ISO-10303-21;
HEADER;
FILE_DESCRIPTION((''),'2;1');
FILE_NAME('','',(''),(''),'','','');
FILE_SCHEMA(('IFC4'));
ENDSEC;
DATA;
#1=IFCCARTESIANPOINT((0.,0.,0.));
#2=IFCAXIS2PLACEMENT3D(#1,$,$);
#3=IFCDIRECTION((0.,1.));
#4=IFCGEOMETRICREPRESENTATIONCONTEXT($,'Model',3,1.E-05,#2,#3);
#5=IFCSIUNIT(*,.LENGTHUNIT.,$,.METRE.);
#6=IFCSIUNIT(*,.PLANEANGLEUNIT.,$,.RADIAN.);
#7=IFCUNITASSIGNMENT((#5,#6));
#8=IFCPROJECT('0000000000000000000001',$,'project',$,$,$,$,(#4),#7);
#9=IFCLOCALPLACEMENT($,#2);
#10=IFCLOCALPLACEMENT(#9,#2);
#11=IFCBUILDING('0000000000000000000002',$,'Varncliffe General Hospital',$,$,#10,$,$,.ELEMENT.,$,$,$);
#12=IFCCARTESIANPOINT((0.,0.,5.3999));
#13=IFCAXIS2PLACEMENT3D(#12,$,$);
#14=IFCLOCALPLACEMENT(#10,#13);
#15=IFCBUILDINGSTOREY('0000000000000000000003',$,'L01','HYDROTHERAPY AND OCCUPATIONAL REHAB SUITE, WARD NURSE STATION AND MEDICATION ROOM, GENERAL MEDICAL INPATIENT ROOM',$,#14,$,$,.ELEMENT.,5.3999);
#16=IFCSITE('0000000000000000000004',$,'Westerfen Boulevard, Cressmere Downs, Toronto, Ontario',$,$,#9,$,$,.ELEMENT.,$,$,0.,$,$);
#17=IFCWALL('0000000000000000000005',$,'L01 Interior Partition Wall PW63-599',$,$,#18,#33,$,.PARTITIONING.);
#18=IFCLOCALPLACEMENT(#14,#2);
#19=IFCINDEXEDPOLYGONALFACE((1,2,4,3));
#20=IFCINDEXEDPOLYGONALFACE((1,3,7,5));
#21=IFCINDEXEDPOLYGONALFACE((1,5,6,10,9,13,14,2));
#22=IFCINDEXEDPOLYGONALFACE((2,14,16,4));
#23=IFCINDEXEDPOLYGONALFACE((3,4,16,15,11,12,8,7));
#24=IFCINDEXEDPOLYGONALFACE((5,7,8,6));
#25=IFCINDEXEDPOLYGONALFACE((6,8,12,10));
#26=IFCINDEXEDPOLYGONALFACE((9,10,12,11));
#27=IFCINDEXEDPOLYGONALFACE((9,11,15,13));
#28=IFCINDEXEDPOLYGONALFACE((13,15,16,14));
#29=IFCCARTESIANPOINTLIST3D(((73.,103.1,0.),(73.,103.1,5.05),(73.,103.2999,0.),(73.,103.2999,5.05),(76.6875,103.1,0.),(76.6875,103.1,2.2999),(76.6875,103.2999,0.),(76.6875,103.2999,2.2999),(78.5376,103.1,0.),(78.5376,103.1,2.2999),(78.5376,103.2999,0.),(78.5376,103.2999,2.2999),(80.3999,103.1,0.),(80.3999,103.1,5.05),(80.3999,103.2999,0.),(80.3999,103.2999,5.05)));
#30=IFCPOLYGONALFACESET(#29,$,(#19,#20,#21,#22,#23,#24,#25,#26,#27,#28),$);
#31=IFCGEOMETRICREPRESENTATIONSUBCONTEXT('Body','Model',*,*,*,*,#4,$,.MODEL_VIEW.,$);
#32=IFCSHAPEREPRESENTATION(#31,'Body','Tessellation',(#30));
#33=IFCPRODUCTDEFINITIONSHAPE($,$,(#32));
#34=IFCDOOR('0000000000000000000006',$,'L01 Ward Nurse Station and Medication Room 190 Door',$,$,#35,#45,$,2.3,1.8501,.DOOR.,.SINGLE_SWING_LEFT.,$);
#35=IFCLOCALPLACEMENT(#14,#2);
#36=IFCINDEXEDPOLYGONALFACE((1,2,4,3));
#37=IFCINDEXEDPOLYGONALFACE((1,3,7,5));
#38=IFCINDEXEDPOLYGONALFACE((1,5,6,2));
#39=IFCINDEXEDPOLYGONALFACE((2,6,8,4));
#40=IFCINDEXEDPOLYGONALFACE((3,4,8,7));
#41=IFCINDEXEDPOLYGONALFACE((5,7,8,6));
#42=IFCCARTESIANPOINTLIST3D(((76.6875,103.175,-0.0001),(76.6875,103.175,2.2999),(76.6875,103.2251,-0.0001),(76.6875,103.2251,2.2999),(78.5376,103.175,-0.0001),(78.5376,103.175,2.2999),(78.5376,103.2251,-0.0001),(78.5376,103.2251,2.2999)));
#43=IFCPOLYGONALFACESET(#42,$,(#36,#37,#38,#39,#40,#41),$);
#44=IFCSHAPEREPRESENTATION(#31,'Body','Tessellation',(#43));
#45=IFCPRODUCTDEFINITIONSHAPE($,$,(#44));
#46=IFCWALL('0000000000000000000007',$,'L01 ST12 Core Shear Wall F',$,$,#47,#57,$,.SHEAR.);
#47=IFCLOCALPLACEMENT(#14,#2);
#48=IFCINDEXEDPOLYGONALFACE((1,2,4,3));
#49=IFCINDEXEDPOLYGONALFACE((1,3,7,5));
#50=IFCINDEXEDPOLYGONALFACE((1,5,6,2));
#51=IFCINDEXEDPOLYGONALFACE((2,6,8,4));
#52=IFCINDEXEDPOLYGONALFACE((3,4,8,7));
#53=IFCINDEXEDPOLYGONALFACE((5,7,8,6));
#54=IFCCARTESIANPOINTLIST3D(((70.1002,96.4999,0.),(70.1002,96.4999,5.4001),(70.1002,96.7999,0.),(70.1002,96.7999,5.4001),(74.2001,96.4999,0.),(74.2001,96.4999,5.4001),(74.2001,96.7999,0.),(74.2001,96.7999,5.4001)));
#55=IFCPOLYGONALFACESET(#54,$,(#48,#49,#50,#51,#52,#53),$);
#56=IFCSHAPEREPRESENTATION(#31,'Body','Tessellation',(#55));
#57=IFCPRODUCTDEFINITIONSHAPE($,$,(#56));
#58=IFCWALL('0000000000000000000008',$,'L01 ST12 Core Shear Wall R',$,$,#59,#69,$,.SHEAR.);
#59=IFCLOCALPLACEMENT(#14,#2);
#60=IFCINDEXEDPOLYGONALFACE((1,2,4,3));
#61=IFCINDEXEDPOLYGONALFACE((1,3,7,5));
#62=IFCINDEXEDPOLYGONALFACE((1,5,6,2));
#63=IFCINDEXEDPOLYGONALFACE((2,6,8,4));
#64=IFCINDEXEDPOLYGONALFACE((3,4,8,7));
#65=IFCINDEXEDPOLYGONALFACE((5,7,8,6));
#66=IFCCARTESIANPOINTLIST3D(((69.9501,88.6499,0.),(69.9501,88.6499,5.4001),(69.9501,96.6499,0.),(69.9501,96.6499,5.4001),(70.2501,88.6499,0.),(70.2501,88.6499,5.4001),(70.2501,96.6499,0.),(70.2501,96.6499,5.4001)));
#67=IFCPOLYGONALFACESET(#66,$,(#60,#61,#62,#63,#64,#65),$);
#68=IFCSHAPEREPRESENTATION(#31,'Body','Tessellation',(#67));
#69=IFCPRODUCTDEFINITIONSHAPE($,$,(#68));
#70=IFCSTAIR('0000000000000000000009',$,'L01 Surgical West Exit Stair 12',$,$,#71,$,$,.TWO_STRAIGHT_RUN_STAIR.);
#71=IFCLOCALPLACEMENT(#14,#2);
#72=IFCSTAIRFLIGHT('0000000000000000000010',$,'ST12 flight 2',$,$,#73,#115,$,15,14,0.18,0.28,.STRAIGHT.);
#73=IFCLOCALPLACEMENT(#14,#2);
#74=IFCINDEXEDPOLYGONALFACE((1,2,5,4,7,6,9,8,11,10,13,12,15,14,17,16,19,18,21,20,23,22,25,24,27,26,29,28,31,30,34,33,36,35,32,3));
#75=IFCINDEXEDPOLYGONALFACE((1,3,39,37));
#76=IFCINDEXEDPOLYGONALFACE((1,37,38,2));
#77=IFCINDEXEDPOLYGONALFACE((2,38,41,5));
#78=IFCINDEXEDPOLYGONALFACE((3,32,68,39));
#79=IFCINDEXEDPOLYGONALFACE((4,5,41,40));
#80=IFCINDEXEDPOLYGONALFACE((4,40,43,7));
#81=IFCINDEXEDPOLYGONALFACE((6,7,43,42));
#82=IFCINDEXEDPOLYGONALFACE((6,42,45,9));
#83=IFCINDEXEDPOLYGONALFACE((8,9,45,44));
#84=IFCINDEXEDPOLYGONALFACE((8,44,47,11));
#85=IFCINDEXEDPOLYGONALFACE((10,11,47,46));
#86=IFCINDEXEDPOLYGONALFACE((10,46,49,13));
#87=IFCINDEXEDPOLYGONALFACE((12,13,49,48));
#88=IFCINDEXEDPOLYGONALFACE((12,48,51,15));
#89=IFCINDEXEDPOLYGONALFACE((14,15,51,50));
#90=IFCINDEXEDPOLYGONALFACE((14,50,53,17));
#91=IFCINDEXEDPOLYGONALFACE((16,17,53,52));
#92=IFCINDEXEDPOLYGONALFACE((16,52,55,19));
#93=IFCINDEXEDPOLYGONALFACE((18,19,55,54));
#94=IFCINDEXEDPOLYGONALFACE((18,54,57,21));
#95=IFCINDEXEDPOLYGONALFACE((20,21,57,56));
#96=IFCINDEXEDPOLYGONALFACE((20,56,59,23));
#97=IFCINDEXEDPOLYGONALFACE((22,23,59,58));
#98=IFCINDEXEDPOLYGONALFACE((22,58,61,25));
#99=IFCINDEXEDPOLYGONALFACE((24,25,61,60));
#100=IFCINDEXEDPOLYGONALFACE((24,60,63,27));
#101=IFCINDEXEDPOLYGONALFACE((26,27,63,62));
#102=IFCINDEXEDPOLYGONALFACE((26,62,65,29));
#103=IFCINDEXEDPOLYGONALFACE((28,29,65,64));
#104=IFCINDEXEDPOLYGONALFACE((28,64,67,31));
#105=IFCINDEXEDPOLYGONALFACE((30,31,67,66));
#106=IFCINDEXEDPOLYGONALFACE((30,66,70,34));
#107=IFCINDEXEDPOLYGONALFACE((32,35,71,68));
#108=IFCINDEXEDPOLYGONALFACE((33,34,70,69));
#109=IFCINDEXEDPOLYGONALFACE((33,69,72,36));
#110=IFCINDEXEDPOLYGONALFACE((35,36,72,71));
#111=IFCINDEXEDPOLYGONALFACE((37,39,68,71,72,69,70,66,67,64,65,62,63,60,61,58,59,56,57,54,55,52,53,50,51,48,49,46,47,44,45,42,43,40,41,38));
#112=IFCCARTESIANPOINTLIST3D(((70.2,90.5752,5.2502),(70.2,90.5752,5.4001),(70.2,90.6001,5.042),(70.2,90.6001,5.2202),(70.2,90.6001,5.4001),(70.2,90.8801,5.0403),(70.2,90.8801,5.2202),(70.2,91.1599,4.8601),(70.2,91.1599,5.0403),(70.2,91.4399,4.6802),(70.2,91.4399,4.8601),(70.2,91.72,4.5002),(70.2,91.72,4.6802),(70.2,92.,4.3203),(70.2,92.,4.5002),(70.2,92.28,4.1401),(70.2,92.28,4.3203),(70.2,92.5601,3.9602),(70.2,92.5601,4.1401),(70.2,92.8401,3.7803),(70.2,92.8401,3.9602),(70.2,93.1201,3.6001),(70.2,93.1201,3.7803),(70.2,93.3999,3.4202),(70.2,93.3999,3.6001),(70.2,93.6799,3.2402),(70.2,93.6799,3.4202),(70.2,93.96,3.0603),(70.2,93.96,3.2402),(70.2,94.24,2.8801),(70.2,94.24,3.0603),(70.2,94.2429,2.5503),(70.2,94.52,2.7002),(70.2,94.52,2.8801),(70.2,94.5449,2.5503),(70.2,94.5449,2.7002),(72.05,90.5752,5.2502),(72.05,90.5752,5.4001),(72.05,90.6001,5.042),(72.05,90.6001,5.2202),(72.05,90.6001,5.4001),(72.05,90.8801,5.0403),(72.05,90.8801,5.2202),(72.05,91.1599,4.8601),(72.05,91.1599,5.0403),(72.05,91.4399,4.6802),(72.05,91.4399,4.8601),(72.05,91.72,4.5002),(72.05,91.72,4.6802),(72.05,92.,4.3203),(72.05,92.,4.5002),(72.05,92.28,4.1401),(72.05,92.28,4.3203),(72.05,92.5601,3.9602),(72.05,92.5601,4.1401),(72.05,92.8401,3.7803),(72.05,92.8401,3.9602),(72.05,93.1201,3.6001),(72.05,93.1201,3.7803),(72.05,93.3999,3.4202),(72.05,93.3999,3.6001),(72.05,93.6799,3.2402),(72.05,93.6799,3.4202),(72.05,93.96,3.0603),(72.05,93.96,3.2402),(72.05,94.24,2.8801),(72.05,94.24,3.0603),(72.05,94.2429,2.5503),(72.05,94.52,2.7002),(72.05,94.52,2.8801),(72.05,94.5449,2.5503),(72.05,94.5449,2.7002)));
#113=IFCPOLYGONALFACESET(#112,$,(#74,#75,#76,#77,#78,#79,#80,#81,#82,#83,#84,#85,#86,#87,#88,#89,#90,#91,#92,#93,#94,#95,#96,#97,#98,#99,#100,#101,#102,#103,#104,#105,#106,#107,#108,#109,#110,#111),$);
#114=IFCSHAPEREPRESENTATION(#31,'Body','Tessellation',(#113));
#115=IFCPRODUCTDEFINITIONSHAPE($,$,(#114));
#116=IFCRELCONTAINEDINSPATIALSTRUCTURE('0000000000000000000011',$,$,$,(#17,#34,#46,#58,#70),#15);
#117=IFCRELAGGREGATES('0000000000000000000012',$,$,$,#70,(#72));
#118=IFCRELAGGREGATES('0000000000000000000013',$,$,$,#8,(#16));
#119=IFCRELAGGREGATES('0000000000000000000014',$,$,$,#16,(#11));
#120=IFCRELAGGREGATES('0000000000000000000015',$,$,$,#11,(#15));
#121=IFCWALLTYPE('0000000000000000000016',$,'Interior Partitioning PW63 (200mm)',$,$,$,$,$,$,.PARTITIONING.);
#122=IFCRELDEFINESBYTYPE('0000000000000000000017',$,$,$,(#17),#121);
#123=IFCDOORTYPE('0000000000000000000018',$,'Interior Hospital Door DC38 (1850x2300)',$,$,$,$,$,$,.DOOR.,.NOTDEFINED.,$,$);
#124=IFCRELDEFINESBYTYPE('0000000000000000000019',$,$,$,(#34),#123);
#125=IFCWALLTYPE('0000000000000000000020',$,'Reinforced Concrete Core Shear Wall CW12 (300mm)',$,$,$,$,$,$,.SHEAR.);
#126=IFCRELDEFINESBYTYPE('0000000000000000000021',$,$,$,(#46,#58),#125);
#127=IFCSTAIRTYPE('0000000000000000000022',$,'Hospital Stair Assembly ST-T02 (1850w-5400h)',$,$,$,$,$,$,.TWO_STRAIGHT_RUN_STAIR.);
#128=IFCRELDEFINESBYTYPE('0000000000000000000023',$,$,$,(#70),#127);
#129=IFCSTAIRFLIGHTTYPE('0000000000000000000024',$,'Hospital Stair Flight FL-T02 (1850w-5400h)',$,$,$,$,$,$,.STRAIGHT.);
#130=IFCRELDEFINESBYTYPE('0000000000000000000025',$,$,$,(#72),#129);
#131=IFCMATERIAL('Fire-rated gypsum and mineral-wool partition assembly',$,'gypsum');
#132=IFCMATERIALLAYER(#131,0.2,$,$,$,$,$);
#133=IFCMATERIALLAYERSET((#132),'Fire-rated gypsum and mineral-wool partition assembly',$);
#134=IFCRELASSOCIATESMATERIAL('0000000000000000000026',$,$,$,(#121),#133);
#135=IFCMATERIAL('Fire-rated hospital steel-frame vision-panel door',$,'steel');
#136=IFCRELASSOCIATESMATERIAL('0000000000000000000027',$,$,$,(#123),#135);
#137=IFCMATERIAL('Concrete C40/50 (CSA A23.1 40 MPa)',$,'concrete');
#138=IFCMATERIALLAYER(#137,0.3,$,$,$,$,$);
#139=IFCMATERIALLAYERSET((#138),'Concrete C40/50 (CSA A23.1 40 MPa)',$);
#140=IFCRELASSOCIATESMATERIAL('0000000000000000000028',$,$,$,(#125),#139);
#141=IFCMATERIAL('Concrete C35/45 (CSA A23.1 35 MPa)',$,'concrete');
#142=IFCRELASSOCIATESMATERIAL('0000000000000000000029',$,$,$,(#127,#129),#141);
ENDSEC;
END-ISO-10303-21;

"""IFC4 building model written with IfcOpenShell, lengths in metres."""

from ifc_helpers import new_model, si_unit, direction, frame, frame_2d, origin, place, context, subcontext, project, spatial, polyline, rectangle, outline, extrude, material, layer, layer_set, type_object, element, fill, aggregate, save


model = new_model("IFC4")

# Units and contexts
model_context = context("Model", 3, precision=1e-05, world=origin(), true_north=direction((0.0, 1.0)))
body_context = subcontext(model_context, "Body", "Model", "MODEL_VIEW")
ifc_project = project(units=[si_unit("LENGTHUNIT", "METRE"), si_unit("PLANEANGLEUNIT", "RADIAN")], contexts=[model_context])

# Site, building, storey
site_placement = place(None, origin())
site = spatial("IfcSite", under=ifc_project, at=site_placement, Name="Westerfen Boulevard, Cressmere Downs, Toronto, Ontario", CompositionType="ELEMENT", RefElevation=0.0)
building_placement = place(site_placement, origin())
building = spatial("IfcBuilding", under=site, at=building_placement, Name="Varncliffe General Hospital", CompositionType="ELEMENT")
storey_placement = place(building_placement, frame((0.0, 0.0, 5.3999)))
storey = spatial("IfcBuildingStorey", under=building, at=storey_placement, Name="L01", Description="HYDROTHERAPY AND OCCUPATIONAL REHAB SUITE, WARD NURSE STATION AND MEDICATION ROOM, GENERAL MEDICAL INPATIENT ROOM", CompositionType="ELEMENT", Elevation=5.3999)

# Shared definitions
ifc_material_1 = material(Name="Concrete C40/50 (CSA A23.1 40 MPa)", Category="concrete")

# Shared definitions
ifc_material_2 = material(Name="Concrete C35/45 (CSA A23.1 35 MPa)", Category="concrete")

# Wall, opening, door
ifc_material_3 = material(Name="Fire-rated gypsum and mineral-wool partition assembly", Category="gypsum")
ifc_layer_1 = layer(ifc_material_3, 0.2)
ifc_layer_set_1 = layer_set([ifc_layer_1], Name="Fire-rated gypsum and mineral-wool partition assembly")
wall_type_1 = type_object("IfcWallType", Name="Interior Partitioning PW63 (200mm)", PredefinedType="PARTITIONING", material=ifc_layer_set_1)
wall_1_placement = place(storey_placement, frame((73.0, 103.2, 0.0), z_axis=(0.0, 0.0, 1.0), x_axis=(1.0, 0.0, 0.0)))
wall_1 = element("IfcWall", 1, at=wall_1_placement, inside=storey, type_object=wall_type_1, Name="L01 Interior Partition Wall PW63-599", PredefinedType="PARTITIONING", context=body_context, shape_type="SweptSolid", body=[
    extrude(rectangle(XDim=7.3999, YDim=0.2, at=frame_2d((3.7, 0.0))), origin(), (0.0, 0.0, 1.0), 5.05),
])
opening_placement = place(wall_1_placement, frame((3.6875, 0.0, 0.0)))
opening = element("IfcOpeningElement", 2, at=opening_placement, cuts=wall_1, PredefinedType="OPENING", context=body_context, shape_type="SweptSolid", body=[
    extrude(rectangle(XDim=1.8501, YDim=2.3, at=frame_2d((0.925, 1.1499))), frame((0.0, 0.1099, 0.0), z_axis=(0.0, -1.0, 0.0), x_axis=(1.0, 0.0, 0.0)), (0.0, 0.0, 1.0), 0.22),
])
ifc_material_4 = material(Name="Fire-rated hospital steel-frame vision-panel door", Category="steel")
door_type = type_object("IfcDoorType", Name="Interior Hospital Door DC38 (1850x2300)", OperationType="NOTDEFINED", PredefinedType="DOOR", material=ifc_material_4)
door_placement = place(opening_placement, frame((1.8501, 0.0, 0.0), z_axis=(0.0, 0.0, 1.0), x_axis=(-1.0, 0.0, 0.0)))
door = element("IfcDoor", 3, at=door_placement, inside=storey, type_object=door_type, Name="L01 Ward Nurse Station and Medication Room 190 Door", OperationType="SINGLE_SWING_LEFT", OverallHeight=2.3, OverallWidth=1.8501, PredefinedType="DOOR", context=body_context, shape_type="SweptSolid", body=[
    extrude(rectangle(XDim=1.8501, YDim=2.3, at=frame_2d((0.925, 1.1499))), frame((0.0, 0.0249, 0.0), z_axis=(0.0, -1.0, 0.0), x_axis=(1.0, 0.0, 0.0)), (0.0, 0.0, 1.0), 0.05),
])
fill(opening, door)

# Walls
ifc_layer_2 = layer(ifc_material_1, 0.3)
ifc_layer_set_2 = layer_set([ifc_layer_2], Name="Concrete C40/50 (CSA A23.1 40 MPa)")
wall_type_2 = type_object("IfcWallType", Name="Reinforced Concrete Core Shear Wall CW12 (300mm)", PredefinedType="SHEAR", material=ifc_layer_set_2)
wall_2_placement = place(storey_placement, frame((74.2, 96.6499, 0.0), z_axis=(0.0, 0.0, 1.0), x_axis=(-1.0, 0.0, 0.0)))
element("IfcWall", 4, at=wall_2_placement, inside=storey, type_object=wall_type_2, Name="L01 ST12 Core Shear Wall F", PredefinedType="SHEAR", context=body_context, shape_type="SweptSolid", body=[
    extrude(rectangle(XDim=4.0999, YDim=0.3, at=frame_2d((2.0498, 0.0))), origin(), (0.0, 0.0, 1.0), 5.4001),
])
wall_3_placement = place(storey_placement, frame((70.1001, 96.6499, 0.0), z_axis=(0.0, 0.0, 1.0), x_axis=(0.0, -1.0, 0.0)))
element("IfcWall", 5, at=wall_3_placement, inside=storey, type_object=wall_type_2, Name="L01 ST12 Core Shear Wall R", PredefinedType="SHEAR", context=body_context, shape_type="SweptSolid", body=[
    extrude(rectangle(XDim=8.0, YDim=0.3, at=frame_2d((4.0, 0.0))), origin(), (0.0, 0.0, 1.0), 5.4001),
])

# Stair, stair flight
stair_type = type_object("IfcStairType", Name="Hospital Stair Assembly ST-T02 (1850w-5400h)", PredefinedType="TWO_STRAIGHT_RUN_STAIR", material=ifc_material_2)
stair_placement = place(storey_placement, origin())
stair = element("IfcStair", 6, at=stair_placement, inside=storey, type_object=stair_type, Name="L01 Surgical West Exit Stair 12", PredefinedType="TWO_STRAIGHT_RUN_STAIR")
stair_flight_type = type_object("IfcStairFlightType", Name="Hospital Stair Flight FL-T02 (1850w-5400h)", PredefinedType="STRAIGHT", material=ifc_material_2)
stair_flight_placement = place(storey_placement, frame((71.125, 94.52, 2.7002), z_axis=(0.0, 0.0, 1.0), x_axis=(0.0, -1.0, 0.0)))
stair_flight = element("IfcStairFlight", 7, at=stair_flight_placement, type_object=stair_flight_type, Name="ST12 flight 2", NumberOfRisers=15, NumberOfTreads=14, PredefinedType="STRAIGHT", RiserHeight=0.18, TreadLength=0.28, context=body_context, shape_type="SweptSolid", body=[
    extrude(outline(polyline([(-0.0249, -0.1499), (-0.0249, 0.0), (0.0, 0.0), (0.0, 0.1799), (0.28, 0.1799), (0.28, 0.3601), (0.5601, 0.3601), (0.5601, 0.54), (0.8401, 0.54), (0.8401, 0.72), (1.1201, 0.72), (1.1201, 0.8999), (1.3999, 0.8999), (1.3999, 1.0801), (1.6799, 1.0801), (1.6799, 1.26), (1.96, 1.26), (1.96, 1.4399), (2.24, 1.4399), (2.24, 1.6201), (2.52, 1.6201), (2.52, 1.8), (2.8, 1.8), (2.8, 1.98), (3.0801, 1.98), (3.0801, 2.1599), (3.3601, 2.1599), (3.3601, 2.3401), (3.6399, 2.3401), (3.6399, 2.52), (3.9199, 2.52), (3.9199, 2.7), (3.9448, 2.7), (3.9448, 2.55), (3.9199, 2.3418), (0.2771, -0.1499), (-0.0249, -0.1499)])), frame((0.0, 0.925, 0.0), z_axis=(0.0, -1.0, 0.0), x_axis=(1.0, 0.0, 0.0)), (0.0, 0.0, 1.0), 1.8501),
])
aggregate(stair, [stair_flight])

save(model, "model.ifc")
